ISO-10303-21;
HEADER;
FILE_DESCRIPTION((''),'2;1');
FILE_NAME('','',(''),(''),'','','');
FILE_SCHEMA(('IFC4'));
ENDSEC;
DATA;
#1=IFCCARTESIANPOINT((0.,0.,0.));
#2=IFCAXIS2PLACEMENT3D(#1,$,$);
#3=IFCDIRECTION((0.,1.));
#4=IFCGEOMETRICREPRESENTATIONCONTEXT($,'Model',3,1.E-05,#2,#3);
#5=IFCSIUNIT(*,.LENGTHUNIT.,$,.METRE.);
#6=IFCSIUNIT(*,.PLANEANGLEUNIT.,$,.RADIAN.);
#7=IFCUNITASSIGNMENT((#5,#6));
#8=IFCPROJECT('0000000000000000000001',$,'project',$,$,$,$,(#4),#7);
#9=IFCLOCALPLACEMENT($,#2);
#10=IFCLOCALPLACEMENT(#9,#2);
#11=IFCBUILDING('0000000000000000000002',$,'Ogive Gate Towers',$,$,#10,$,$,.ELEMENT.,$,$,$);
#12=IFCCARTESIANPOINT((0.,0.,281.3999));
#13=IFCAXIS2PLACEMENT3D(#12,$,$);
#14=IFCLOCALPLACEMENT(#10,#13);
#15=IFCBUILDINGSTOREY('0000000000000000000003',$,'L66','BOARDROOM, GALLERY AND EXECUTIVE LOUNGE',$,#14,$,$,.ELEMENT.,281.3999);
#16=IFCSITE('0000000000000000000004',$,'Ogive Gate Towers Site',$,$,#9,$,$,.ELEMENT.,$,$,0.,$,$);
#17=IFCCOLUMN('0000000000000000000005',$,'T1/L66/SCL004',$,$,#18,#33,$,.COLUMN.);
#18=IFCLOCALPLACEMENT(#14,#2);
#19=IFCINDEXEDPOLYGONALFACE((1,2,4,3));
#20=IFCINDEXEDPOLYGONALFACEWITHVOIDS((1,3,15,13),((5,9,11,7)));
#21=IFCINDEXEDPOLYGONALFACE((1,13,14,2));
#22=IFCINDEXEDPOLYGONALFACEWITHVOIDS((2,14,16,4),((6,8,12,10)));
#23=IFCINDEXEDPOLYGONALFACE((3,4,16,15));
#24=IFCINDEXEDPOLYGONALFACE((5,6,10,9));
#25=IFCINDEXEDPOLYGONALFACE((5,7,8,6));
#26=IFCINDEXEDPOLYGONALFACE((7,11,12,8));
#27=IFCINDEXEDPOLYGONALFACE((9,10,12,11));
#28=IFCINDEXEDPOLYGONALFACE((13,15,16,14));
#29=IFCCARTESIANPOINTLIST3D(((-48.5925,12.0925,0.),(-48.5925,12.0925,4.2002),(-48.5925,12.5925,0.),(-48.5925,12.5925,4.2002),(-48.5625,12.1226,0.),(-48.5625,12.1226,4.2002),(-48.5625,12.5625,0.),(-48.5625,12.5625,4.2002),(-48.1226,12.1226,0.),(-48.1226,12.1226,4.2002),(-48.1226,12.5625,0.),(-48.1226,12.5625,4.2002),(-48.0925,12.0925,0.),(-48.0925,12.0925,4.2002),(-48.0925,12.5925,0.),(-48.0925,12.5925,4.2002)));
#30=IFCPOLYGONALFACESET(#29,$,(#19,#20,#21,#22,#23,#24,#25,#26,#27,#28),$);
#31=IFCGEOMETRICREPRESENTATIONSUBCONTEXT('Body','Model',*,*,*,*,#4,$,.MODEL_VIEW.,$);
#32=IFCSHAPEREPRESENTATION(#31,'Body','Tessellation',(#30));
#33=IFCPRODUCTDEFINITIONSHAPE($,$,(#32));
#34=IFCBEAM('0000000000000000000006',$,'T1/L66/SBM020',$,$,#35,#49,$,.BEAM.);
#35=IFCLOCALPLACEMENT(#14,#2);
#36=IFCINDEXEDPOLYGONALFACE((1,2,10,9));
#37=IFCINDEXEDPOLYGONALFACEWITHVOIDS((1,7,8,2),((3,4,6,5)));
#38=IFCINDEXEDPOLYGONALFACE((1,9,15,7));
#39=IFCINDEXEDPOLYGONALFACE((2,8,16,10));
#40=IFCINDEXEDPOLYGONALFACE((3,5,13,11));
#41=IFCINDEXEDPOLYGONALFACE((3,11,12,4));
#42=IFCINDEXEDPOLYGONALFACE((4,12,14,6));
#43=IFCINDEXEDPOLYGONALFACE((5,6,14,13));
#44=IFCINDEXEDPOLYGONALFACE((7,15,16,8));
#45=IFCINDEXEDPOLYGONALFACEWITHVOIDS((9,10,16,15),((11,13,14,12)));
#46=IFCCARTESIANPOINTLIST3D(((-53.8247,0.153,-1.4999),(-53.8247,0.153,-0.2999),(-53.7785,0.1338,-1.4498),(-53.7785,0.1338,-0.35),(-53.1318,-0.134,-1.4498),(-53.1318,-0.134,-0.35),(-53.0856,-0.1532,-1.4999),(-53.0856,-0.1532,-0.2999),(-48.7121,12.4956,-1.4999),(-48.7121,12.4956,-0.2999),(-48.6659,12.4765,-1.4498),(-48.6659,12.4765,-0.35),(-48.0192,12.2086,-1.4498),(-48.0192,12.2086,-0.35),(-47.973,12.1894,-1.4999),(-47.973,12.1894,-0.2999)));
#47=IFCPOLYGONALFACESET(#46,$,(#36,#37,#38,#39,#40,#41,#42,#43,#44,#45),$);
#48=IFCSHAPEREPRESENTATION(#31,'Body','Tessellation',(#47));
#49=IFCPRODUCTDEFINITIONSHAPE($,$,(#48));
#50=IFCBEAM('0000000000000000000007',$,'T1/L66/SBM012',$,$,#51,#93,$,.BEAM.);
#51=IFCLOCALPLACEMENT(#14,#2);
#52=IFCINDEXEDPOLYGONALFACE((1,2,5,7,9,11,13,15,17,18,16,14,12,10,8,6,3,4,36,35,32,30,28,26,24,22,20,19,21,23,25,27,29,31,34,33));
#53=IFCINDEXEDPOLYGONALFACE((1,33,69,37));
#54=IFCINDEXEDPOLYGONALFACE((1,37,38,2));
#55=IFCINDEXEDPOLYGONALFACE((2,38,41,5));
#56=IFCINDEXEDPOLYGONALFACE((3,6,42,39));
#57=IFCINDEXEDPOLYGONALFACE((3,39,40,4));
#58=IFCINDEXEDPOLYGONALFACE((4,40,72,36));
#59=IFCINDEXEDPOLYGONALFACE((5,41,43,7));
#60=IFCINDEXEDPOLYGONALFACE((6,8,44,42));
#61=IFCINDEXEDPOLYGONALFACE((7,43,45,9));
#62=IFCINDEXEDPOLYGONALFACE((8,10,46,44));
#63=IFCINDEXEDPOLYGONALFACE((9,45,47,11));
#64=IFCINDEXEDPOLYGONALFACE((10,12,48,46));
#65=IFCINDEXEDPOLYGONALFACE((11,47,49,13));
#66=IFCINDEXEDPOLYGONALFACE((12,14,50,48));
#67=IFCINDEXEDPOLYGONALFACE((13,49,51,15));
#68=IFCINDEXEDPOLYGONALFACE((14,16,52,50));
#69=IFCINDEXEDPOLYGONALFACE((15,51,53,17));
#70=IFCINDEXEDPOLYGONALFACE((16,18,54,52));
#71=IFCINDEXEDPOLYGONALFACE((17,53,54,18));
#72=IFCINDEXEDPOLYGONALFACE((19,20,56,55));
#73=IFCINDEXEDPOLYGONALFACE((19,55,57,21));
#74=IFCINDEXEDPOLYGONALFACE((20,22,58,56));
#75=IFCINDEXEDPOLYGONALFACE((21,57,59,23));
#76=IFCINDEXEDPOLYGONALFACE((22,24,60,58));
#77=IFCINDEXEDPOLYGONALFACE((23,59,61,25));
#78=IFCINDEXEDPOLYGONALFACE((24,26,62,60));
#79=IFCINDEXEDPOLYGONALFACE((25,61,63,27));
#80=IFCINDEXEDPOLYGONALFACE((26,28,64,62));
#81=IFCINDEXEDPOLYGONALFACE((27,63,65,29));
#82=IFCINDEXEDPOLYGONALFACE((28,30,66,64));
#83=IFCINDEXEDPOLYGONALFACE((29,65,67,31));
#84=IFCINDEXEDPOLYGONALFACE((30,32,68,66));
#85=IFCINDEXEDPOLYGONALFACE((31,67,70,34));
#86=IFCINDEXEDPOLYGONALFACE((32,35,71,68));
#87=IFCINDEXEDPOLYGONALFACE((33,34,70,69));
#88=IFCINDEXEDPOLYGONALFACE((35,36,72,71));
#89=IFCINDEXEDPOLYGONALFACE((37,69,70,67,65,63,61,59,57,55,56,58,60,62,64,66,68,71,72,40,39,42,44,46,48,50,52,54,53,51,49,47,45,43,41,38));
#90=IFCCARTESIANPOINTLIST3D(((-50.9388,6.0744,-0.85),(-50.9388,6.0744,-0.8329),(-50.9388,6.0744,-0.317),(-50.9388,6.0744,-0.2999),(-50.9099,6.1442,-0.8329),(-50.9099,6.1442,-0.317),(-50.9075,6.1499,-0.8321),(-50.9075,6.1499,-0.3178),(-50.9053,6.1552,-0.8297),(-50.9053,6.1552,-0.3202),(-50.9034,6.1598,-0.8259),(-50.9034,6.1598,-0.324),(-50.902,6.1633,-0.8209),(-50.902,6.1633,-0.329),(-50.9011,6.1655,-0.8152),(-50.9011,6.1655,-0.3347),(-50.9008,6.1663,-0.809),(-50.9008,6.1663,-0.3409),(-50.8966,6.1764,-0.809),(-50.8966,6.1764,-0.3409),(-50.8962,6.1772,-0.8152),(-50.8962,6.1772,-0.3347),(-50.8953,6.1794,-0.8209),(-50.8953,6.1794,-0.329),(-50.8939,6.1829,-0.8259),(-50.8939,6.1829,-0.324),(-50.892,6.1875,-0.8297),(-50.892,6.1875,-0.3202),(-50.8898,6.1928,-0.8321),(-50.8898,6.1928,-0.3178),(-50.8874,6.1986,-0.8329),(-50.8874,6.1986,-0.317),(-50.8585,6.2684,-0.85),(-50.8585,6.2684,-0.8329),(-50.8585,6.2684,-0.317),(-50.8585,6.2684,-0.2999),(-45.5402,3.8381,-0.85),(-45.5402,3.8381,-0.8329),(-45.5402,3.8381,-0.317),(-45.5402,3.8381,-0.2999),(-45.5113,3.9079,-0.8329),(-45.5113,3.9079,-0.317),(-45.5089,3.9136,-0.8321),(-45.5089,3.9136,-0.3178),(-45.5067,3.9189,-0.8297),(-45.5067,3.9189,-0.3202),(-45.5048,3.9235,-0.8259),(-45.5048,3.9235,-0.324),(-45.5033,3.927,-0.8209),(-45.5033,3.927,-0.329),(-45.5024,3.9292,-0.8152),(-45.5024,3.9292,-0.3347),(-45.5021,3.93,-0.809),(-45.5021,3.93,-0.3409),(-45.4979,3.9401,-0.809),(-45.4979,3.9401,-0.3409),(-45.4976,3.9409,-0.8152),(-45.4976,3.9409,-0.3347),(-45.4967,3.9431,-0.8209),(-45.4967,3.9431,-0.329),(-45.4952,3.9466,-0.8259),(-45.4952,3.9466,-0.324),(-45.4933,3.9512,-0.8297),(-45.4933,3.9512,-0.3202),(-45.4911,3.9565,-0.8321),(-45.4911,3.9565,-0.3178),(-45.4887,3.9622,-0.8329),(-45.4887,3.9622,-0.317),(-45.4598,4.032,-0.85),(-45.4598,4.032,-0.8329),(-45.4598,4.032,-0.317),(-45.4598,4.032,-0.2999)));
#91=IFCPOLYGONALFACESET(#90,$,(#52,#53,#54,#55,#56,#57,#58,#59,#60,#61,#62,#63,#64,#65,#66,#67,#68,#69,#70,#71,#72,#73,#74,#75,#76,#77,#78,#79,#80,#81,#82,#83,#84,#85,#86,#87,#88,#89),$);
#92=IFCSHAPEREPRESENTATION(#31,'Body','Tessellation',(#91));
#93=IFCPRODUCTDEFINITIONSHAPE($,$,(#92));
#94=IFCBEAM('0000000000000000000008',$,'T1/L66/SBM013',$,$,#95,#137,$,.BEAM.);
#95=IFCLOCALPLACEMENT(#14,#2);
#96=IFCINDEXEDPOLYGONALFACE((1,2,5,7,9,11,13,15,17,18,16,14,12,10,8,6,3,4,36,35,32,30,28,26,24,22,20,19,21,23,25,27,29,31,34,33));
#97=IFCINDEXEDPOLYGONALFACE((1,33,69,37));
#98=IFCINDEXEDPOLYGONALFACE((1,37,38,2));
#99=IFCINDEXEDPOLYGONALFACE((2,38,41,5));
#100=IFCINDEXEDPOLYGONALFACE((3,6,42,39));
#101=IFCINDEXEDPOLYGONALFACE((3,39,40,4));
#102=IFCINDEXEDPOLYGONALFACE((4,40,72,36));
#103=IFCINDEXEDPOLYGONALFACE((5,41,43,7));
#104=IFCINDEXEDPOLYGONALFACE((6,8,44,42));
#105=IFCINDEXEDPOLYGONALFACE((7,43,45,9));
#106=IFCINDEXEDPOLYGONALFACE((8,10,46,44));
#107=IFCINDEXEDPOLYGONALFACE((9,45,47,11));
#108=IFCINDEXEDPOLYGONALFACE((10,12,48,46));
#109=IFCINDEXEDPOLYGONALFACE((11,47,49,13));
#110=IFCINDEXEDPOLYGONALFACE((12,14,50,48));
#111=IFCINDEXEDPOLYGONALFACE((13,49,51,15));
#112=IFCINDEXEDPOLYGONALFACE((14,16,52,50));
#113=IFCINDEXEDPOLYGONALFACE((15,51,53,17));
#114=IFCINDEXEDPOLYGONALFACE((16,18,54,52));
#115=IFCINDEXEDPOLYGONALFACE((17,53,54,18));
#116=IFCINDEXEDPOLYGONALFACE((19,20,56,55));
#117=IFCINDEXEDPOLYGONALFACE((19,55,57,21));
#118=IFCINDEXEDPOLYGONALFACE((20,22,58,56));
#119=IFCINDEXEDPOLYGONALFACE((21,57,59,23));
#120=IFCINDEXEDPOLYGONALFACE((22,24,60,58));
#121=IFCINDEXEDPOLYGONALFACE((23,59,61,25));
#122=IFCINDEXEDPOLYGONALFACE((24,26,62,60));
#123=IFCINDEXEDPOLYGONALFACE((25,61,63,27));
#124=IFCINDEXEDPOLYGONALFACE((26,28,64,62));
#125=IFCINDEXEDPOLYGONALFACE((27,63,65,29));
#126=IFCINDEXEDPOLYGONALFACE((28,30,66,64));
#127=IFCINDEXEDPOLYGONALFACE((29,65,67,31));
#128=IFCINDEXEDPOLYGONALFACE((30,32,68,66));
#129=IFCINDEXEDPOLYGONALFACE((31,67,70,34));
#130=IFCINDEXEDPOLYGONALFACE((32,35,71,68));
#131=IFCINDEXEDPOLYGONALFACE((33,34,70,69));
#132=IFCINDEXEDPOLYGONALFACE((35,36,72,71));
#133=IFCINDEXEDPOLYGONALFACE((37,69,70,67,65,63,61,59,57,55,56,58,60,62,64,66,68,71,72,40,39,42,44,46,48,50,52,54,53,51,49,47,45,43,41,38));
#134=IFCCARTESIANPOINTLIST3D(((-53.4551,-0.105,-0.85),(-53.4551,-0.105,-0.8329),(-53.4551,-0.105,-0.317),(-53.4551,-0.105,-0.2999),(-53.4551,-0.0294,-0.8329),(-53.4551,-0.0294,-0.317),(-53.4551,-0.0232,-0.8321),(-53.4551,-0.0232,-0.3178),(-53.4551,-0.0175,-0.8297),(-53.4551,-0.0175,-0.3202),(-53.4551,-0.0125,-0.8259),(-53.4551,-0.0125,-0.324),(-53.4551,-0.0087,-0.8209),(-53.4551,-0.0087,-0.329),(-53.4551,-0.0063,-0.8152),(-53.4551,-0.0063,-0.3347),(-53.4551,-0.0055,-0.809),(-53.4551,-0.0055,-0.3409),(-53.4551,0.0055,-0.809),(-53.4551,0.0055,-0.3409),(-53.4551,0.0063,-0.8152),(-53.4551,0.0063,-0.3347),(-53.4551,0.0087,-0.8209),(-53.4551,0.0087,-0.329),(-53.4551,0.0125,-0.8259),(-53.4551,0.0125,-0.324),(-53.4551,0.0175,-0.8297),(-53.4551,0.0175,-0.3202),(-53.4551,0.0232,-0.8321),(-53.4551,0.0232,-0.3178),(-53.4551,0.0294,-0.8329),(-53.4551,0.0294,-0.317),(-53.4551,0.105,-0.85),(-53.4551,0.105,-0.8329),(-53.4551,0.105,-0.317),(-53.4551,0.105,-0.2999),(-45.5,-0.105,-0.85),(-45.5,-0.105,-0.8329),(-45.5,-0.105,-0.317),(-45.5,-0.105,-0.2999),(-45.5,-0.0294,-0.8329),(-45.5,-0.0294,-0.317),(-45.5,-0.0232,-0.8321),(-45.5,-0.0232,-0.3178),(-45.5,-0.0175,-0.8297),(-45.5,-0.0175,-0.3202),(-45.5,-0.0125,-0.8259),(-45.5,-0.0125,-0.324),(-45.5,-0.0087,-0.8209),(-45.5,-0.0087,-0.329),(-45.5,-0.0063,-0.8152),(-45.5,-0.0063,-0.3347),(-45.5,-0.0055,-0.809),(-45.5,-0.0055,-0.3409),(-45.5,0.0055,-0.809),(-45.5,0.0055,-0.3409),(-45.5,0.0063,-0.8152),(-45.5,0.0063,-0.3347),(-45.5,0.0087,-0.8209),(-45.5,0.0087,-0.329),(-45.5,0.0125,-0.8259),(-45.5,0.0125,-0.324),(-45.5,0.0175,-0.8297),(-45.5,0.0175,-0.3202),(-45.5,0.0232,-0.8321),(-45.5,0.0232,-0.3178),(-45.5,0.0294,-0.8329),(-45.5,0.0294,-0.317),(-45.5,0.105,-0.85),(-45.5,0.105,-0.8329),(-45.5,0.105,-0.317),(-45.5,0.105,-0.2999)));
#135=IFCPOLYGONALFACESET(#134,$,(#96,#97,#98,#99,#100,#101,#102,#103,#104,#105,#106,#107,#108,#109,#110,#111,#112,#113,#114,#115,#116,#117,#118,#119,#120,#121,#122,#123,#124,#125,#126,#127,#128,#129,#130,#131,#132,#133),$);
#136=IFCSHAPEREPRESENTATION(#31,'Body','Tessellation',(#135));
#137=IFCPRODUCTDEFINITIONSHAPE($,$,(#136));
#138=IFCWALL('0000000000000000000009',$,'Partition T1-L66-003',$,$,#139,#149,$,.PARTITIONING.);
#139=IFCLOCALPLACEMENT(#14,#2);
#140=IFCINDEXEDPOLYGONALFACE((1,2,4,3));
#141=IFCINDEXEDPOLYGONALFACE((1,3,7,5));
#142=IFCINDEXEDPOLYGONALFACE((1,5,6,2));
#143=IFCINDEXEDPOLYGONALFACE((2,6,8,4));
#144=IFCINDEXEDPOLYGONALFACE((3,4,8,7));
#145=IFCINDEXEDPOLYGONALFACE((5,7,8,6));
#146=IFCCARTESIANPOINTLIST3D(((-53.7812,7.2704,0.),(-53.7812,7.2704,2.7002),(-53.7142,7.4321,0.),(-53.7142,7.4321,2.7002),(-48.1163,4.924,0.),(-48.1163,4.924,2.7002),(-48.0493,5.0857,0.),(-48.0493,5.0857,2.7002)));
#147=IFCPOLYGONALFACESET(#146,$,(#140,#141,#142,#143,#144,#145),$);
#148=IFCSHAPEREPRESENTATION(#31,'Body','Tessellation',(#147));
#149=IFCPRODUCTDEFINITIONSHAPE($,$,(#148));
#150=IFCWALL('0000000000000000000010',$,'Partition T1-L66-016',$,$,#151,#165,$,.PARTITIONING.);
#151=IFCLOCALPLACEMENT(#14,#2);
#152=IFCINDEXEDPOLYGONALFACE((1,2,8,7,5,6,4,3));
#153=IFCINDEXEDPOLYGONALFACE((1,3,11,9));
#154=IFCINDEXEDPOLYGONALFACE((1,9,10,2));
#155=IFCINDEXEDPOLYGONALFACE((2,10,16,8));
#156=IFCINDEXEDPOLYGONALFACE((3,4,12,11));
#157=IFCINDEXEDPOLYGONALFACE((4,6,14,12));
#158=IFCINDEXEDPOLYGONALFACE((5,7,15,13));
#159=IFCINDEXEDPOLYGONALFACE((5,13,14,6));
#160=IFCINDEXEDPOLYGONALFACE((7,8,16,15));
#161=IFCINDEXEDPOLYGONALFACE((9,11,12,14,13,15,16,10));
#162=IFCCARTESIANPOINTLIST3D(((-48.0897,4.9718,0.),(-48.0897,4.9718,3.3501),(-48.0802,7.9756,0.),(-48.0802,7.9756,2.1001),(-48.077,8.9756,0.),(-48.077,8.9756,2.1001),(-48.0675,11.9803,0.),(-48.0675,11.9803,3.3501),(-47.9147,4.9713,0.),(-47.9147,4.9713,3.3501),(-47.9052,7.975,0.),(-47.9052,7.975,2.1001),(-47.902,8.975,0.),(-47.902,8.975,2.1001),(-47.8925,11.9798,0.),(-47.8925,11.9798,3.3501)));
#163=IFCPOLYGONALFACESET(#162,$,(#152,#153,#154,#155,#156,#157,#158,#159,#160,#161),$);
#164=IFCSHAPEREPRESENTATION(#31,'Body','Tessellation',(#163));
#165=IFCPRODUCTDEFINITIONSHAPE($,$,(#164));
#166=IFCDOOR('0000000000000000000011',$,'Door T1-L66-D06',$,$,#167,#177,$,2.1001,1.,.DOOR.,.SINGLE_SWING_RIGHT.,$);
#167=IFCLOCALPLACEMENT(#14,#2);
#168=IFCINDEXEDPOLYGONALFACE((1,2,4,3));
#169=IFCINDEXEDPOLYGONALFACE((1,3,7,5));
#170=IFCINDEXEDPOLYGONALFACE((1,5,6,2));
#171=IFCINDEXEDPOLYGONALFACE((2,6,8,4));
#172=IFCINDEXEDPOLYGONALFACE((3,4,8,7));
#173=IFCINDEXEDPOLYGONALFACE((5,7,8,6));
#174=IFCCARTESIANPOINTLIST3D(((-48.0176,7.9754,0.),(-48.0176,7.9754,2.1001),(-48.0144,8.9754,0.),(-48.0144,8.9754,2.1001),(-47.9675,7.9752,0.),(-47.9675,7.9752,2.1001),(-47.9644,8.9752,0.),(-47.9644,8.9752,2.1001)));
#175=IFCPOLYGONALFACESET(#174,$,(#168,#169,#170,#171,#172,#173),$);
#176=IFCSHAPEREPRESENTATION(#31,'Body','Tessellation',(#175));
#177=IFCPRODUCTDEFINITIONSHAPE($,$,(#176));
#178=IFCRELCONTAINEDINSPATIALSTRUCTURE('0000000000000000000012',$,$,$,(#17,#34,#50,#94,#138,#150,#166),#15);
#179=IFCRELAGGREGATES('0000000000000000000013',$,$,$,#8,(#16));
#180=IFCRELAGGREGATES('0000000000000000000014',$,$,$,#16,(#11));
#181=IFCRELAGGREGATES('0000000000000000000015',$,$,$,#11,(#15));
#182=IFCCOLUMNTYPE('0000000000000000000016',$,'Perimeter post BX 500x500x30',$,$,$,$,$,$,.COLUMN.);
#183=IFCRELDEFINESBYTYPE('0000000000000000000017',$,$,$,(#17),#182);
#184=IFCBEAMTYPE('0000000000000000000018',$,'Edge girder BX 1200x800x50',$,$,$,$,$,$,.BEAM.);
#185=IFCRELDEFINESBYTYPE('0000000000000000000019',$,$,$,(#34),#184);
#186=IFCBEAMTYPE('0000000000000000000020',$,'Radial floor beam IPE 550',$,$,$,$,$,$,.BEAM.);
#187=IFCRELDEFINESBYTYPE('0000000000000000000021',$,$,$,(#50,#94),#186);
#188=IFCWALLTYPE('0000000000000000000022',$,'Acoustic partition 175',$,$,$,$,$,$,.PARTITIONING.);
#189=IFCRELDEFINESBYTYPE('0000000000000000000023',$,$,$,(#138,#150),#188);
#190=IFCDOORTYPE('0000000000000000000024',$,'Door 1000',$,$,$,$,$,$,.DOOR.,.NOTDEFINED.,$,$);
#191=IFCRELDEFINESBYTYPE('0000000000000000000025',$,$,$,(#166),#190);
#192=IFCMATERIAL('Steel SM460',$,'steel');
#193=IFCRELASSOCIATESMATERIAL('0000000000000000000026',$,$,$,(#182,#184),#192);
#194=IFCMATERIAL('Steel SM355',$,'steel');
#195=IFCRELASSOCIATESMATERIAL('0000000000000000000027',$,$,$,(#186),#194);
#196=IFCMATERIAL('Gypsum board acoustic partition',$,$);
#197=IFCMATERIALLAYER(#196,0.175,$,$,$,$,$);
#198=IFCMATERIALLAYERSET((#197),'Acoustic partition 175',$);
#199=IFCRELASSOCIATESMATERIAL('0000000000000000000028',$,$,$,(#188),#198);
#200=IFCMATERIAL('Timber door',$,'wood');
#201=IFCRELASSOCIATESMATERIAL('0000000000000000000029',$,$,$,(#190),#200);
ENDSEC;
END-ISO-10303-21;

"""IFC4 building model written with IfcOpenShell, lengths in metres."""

from ifc_helpers import new_model, si_unit, direction, frame, frame_2d, origin, origin_2d, place, context, subcontext, project, spatial, rectangle, hollow_rectangle, i_section, extrude, material, layer, layer_set, material_profile, profile_set, type_object, element, fill, save


model = new_model("IFC4")

# Units and contexts
model_context = context("Model", 3, precision=1e-05, world=origin(), true_north=direction((0.0, 1.0)))
body_context = subcontext(model_context, "Body", "Model", "MODEL_VIEW")
ifc_project = project(units=[si_unit("LENGTHUNIT", "METRE"), si_unit("PLANEANGLEUNIT", "RADIAN")], contexts=[model_context])

# Site, building, storey
site_placement = place(None, origin())
site = spatial("IfcSite", under=ifc_project, at=site_placement, Name="Ogive Gate Towers Site", CompositionType="ELEMENT", RefElevation=0.0)
building_placement = place(site_placement, origin())
building = spatial("IfcBuilding", under=site, at=building_placement, Name="Ogive Gate Towers", CompositionType="ELEMENT")
storey_placement = place(building_placement, frame((0.0, 0.0, 281.3999)))
storey = spatial("IfcBuildingStorey", under=building, at=storey_placement, Name="L66", Description="BOARDROOM, GALLERY AND EXECUTIVE LOUNGE", CompositionType="ELEMENT", Elevation=281.3999)

# Column
ifc_material_1 = material(Name="Steel SM460", Category="steel")
ifc_material_profile_1 = material_profile(ifc_material_1, hollow_rectangle(XDim=0.5, YDim=0.5, WallThickness=0.03, at=origin_2d()), Name="BX 500x500x30")
ifc_profile_set_1 = profile_set([ifc_material_profile_1], Name="Steel SM460")
column_type = type_object("IfcColumnType", Name="Perimeter post BX 500x500x30", PredefinedType="COLUMN", material=ifc_profile_set_1)
column_placement = place(storey_placement, frame((-48.3425, 12.3425, 0.0), z_axis=(0.0, 0.0, 1.0), x_axis=(1.0, 0.0, 0.0)))
element("IfcColumn", 1, at=column_placement, inside=storey, type_object=column_type, Name="T1/L66/SCL004", PredefinedType="COLUMN", context=body_context, shape_type="SweptSolid", body=[
    extrude(hollow_rectangle(XDim=0.5, YDim=0.5, WallThickness=0.03, at=origin_2d()), origin(), (0.0, 0.0, 1.0), 4.2002),
])

# Beams
ifc_material_profile_2 = material_profile(ifc_material_1, hollow_rectangle(XDim=0.8, YDim=1.2, WallThickness=0.05, at=origin_2d()), Name="BX 1200x800x50")
ifc_profile_set_2 = profile_set([ifc_material_profile_2], Name="Steel SM460")
beam_type_1 = type_object("IfcBeamType", Name="Edge girder BX 1200x800x50", PredefinedType="BEAM", material=ifc_profile_set_2)
beam_1_placement = place(storey_placement, frame((-48.3425, 12.3425, -0.8999), z_axis=(-0.38269, -0.923877, 0.0), x_axis=(0.923877, -0.38269, 0.0)))
element("IfcBeam", 2, at=beam_1_placement, inside=storey, type_object=beam_type_1, Name="T1/L66/SBM020", PredefinedType="BEAM", context=body_context, shape_type="SweptSolid", body=[
    extrude(hollow_rectangle(XDim=0.8, YDim=1.2, WallThickness=0.05, at=origin_2d()), origin(), (0.0, 0.0, 1.0), 13.3596),
])
ifc_material_2 = material(Name="Steel SM355", Category="steel")
ifc_material_profile_3 = material_profile(ifc_material_2, i_section(OverallWidth=0.21, OverallDepth=0.55, WebThickness=0.011, FlangeThickness=0.0171, FilletRadius=0.0239, at=origin_2d()), Name="IPE 550")
ifc_profile_set_3 = profile_set([ifc_material_profile_3], Name="Steel SM355")
beam_type_2 = type_object("IfcBeamType", Name="Radial floor beam IPE 550", PredefinedType="BEAM", material=ifc_profile_set_3)
beam_2_placement = place(storey_placement, frame((-45.5, 3.9351, -0.575), z_axis=(-0.923872, 0.382701, 0.0), x_axis=(-0.382701, -0.923872, 0.0)))
element("IfcBeam", 3, at=beam_2_placement, inside=storey, type_object=beam_type_2, Name="T1/L66/SBM012", PredefinedType="BEAM", context=body_context, shape_type="SweptSolid", body=[
    extrude(i_section(OverallWidth=0.21, OverallDepth=0.55, WebThickness=0.011, FlangeThickness=0.0171, FilletRadius=0.0239, at=origin_2d()), origin(), (0.0, 0.0, 1.0), 5.8435),
])
beam_3_placement = place(storey_placement, frame((-45.5, 0.0, -0.575), z_axis=(-1.0, 0.0, 0.0), x_axis=(0.0, -1.0, 0.0)))
element("IfcBeam", 4, at=beam_3_placement, inside=storey, type_object=beam_type_2, Name="T1/L66/SBM013", PredefinedType="BEAM", context=body_context, shape_type="SweptSolid", body=[
    extrude(i_section(OverallWidth=0.21, OverallDepth=0.55, WebThickness=0.011, FlangeThickness=0.0171, FilletRadius=0.0239, at=origin_2d()), origin(), (0.0, 0.0, 1.0), 7.9551),
])

# Wall
ifc_material_3 = material(Name="Gypsum board acoustic partition")
ifc_layer_1 = layer(ifc_material_3, 0.175)
ifc_layer_set_1 = layer_set([ifc_layer_1], Name="Acoustic partition 175")
wall_type_1 = type_object("IfcWallType", Name="Acoustic partition 175", PredefinedType="PARTITIONING", material=ifc_layer_set_1)
wall_1_placement = place(storey_placement, frame((-53.7478, 7.3513, 0.0), z_axis=(0.0, 0.0, 1.0), x_axis=(0.923879, -0.382684, 0.0)))
element("IfcWall", 5, at=wall_1_placement, inside=storey, type_object=wall_type_1, Name="Partition T1-L66-003", PredefinedType="PARTITIONING", context=body_context, shape_type="SweptSolid", body=[
    extrude(rectangle(XDim=6.1316, YDim=0.175, at=frame_2d((3.0659, 0.0))), origin(), (0.0, 0.0, 1.0), 2.7002),
])

# Wall, opening, door
wall_2_placement = place(storey_placement, frame((-48.0022, 4.9714, 0.0), z_axis=(0.0, 0.0, 1.0), x_axis=(0.00317, 0.999995, 0.0)))
wall_2 = element("IfcWall", 6, at=wall_2_placement, inside=storey, type_object=wall_type_1, Name="Partition T1-L66-016", PredefinedType="PARTITIONING", context=body_context, shape_type="SweptSolid", body=[
    extrude(rectangle(XDim=7.0085, YDim=0.175, at=frame_2d((3.5044, 0.0))), origin(), (0.0, 0.0, 1.0), 3.3501),
])
opening_1_placement = place(wall_2_placement, frame((3.0039, 0.0, 0.0)))
opening_1 = element("IfcOpeningElement", 7, at=opening_1_placement, cuts=wall_2, PredefinedType="OPENING", context=body_context, shape_type="SweptSolid", body=[
    extrude(rectangle(XDim=1.0, YDim=2.1001, at=frame_2d((0.5, 1.05))), frame((0.0, 0.0977, 0.0), z_axis=(0.0, -1.0, 0.0), x_axis=(1.0, 0.0, 0.0)), (0.0, 0.0, 1.0), 0.1951),
])
ifc_material_4 = material(Name="Timber door", Category="wood")
door_type_1 = type_object("IfcDoorType", Name="Door 1000", OperationType="NOTDEFINED", PredefinedType="DOOR", material=ifc_material_4)
door_1_placement = place(opening_1_placement, origin())
door_1 = element("IfcDoor", 8, at=door_1_placement, inside=storey, type_object=door_type_1, Name="Door T1-L66-D06", OperationType="SINGLE_SWING_RIGHT", OverallHeight=2.1001, OverallWidth=1.0, PredefinedType="DOOR", context=body_context, shape_type="SweptSolid", body=[
    extrude(rectangle(XDim=1.0, YDim=2.1001, at=frame_2d((0.5, 1.05))), frame((0.0, 0.0249, 0.0), z_axis=(0.0, -1.0, 0.0), x_axis=(1.0, 0.0, 0.0)), (0.0, 0.0, 1.0), 0.05),
])
fill(opening_1, door_1)

save(model, "model.ifc")
